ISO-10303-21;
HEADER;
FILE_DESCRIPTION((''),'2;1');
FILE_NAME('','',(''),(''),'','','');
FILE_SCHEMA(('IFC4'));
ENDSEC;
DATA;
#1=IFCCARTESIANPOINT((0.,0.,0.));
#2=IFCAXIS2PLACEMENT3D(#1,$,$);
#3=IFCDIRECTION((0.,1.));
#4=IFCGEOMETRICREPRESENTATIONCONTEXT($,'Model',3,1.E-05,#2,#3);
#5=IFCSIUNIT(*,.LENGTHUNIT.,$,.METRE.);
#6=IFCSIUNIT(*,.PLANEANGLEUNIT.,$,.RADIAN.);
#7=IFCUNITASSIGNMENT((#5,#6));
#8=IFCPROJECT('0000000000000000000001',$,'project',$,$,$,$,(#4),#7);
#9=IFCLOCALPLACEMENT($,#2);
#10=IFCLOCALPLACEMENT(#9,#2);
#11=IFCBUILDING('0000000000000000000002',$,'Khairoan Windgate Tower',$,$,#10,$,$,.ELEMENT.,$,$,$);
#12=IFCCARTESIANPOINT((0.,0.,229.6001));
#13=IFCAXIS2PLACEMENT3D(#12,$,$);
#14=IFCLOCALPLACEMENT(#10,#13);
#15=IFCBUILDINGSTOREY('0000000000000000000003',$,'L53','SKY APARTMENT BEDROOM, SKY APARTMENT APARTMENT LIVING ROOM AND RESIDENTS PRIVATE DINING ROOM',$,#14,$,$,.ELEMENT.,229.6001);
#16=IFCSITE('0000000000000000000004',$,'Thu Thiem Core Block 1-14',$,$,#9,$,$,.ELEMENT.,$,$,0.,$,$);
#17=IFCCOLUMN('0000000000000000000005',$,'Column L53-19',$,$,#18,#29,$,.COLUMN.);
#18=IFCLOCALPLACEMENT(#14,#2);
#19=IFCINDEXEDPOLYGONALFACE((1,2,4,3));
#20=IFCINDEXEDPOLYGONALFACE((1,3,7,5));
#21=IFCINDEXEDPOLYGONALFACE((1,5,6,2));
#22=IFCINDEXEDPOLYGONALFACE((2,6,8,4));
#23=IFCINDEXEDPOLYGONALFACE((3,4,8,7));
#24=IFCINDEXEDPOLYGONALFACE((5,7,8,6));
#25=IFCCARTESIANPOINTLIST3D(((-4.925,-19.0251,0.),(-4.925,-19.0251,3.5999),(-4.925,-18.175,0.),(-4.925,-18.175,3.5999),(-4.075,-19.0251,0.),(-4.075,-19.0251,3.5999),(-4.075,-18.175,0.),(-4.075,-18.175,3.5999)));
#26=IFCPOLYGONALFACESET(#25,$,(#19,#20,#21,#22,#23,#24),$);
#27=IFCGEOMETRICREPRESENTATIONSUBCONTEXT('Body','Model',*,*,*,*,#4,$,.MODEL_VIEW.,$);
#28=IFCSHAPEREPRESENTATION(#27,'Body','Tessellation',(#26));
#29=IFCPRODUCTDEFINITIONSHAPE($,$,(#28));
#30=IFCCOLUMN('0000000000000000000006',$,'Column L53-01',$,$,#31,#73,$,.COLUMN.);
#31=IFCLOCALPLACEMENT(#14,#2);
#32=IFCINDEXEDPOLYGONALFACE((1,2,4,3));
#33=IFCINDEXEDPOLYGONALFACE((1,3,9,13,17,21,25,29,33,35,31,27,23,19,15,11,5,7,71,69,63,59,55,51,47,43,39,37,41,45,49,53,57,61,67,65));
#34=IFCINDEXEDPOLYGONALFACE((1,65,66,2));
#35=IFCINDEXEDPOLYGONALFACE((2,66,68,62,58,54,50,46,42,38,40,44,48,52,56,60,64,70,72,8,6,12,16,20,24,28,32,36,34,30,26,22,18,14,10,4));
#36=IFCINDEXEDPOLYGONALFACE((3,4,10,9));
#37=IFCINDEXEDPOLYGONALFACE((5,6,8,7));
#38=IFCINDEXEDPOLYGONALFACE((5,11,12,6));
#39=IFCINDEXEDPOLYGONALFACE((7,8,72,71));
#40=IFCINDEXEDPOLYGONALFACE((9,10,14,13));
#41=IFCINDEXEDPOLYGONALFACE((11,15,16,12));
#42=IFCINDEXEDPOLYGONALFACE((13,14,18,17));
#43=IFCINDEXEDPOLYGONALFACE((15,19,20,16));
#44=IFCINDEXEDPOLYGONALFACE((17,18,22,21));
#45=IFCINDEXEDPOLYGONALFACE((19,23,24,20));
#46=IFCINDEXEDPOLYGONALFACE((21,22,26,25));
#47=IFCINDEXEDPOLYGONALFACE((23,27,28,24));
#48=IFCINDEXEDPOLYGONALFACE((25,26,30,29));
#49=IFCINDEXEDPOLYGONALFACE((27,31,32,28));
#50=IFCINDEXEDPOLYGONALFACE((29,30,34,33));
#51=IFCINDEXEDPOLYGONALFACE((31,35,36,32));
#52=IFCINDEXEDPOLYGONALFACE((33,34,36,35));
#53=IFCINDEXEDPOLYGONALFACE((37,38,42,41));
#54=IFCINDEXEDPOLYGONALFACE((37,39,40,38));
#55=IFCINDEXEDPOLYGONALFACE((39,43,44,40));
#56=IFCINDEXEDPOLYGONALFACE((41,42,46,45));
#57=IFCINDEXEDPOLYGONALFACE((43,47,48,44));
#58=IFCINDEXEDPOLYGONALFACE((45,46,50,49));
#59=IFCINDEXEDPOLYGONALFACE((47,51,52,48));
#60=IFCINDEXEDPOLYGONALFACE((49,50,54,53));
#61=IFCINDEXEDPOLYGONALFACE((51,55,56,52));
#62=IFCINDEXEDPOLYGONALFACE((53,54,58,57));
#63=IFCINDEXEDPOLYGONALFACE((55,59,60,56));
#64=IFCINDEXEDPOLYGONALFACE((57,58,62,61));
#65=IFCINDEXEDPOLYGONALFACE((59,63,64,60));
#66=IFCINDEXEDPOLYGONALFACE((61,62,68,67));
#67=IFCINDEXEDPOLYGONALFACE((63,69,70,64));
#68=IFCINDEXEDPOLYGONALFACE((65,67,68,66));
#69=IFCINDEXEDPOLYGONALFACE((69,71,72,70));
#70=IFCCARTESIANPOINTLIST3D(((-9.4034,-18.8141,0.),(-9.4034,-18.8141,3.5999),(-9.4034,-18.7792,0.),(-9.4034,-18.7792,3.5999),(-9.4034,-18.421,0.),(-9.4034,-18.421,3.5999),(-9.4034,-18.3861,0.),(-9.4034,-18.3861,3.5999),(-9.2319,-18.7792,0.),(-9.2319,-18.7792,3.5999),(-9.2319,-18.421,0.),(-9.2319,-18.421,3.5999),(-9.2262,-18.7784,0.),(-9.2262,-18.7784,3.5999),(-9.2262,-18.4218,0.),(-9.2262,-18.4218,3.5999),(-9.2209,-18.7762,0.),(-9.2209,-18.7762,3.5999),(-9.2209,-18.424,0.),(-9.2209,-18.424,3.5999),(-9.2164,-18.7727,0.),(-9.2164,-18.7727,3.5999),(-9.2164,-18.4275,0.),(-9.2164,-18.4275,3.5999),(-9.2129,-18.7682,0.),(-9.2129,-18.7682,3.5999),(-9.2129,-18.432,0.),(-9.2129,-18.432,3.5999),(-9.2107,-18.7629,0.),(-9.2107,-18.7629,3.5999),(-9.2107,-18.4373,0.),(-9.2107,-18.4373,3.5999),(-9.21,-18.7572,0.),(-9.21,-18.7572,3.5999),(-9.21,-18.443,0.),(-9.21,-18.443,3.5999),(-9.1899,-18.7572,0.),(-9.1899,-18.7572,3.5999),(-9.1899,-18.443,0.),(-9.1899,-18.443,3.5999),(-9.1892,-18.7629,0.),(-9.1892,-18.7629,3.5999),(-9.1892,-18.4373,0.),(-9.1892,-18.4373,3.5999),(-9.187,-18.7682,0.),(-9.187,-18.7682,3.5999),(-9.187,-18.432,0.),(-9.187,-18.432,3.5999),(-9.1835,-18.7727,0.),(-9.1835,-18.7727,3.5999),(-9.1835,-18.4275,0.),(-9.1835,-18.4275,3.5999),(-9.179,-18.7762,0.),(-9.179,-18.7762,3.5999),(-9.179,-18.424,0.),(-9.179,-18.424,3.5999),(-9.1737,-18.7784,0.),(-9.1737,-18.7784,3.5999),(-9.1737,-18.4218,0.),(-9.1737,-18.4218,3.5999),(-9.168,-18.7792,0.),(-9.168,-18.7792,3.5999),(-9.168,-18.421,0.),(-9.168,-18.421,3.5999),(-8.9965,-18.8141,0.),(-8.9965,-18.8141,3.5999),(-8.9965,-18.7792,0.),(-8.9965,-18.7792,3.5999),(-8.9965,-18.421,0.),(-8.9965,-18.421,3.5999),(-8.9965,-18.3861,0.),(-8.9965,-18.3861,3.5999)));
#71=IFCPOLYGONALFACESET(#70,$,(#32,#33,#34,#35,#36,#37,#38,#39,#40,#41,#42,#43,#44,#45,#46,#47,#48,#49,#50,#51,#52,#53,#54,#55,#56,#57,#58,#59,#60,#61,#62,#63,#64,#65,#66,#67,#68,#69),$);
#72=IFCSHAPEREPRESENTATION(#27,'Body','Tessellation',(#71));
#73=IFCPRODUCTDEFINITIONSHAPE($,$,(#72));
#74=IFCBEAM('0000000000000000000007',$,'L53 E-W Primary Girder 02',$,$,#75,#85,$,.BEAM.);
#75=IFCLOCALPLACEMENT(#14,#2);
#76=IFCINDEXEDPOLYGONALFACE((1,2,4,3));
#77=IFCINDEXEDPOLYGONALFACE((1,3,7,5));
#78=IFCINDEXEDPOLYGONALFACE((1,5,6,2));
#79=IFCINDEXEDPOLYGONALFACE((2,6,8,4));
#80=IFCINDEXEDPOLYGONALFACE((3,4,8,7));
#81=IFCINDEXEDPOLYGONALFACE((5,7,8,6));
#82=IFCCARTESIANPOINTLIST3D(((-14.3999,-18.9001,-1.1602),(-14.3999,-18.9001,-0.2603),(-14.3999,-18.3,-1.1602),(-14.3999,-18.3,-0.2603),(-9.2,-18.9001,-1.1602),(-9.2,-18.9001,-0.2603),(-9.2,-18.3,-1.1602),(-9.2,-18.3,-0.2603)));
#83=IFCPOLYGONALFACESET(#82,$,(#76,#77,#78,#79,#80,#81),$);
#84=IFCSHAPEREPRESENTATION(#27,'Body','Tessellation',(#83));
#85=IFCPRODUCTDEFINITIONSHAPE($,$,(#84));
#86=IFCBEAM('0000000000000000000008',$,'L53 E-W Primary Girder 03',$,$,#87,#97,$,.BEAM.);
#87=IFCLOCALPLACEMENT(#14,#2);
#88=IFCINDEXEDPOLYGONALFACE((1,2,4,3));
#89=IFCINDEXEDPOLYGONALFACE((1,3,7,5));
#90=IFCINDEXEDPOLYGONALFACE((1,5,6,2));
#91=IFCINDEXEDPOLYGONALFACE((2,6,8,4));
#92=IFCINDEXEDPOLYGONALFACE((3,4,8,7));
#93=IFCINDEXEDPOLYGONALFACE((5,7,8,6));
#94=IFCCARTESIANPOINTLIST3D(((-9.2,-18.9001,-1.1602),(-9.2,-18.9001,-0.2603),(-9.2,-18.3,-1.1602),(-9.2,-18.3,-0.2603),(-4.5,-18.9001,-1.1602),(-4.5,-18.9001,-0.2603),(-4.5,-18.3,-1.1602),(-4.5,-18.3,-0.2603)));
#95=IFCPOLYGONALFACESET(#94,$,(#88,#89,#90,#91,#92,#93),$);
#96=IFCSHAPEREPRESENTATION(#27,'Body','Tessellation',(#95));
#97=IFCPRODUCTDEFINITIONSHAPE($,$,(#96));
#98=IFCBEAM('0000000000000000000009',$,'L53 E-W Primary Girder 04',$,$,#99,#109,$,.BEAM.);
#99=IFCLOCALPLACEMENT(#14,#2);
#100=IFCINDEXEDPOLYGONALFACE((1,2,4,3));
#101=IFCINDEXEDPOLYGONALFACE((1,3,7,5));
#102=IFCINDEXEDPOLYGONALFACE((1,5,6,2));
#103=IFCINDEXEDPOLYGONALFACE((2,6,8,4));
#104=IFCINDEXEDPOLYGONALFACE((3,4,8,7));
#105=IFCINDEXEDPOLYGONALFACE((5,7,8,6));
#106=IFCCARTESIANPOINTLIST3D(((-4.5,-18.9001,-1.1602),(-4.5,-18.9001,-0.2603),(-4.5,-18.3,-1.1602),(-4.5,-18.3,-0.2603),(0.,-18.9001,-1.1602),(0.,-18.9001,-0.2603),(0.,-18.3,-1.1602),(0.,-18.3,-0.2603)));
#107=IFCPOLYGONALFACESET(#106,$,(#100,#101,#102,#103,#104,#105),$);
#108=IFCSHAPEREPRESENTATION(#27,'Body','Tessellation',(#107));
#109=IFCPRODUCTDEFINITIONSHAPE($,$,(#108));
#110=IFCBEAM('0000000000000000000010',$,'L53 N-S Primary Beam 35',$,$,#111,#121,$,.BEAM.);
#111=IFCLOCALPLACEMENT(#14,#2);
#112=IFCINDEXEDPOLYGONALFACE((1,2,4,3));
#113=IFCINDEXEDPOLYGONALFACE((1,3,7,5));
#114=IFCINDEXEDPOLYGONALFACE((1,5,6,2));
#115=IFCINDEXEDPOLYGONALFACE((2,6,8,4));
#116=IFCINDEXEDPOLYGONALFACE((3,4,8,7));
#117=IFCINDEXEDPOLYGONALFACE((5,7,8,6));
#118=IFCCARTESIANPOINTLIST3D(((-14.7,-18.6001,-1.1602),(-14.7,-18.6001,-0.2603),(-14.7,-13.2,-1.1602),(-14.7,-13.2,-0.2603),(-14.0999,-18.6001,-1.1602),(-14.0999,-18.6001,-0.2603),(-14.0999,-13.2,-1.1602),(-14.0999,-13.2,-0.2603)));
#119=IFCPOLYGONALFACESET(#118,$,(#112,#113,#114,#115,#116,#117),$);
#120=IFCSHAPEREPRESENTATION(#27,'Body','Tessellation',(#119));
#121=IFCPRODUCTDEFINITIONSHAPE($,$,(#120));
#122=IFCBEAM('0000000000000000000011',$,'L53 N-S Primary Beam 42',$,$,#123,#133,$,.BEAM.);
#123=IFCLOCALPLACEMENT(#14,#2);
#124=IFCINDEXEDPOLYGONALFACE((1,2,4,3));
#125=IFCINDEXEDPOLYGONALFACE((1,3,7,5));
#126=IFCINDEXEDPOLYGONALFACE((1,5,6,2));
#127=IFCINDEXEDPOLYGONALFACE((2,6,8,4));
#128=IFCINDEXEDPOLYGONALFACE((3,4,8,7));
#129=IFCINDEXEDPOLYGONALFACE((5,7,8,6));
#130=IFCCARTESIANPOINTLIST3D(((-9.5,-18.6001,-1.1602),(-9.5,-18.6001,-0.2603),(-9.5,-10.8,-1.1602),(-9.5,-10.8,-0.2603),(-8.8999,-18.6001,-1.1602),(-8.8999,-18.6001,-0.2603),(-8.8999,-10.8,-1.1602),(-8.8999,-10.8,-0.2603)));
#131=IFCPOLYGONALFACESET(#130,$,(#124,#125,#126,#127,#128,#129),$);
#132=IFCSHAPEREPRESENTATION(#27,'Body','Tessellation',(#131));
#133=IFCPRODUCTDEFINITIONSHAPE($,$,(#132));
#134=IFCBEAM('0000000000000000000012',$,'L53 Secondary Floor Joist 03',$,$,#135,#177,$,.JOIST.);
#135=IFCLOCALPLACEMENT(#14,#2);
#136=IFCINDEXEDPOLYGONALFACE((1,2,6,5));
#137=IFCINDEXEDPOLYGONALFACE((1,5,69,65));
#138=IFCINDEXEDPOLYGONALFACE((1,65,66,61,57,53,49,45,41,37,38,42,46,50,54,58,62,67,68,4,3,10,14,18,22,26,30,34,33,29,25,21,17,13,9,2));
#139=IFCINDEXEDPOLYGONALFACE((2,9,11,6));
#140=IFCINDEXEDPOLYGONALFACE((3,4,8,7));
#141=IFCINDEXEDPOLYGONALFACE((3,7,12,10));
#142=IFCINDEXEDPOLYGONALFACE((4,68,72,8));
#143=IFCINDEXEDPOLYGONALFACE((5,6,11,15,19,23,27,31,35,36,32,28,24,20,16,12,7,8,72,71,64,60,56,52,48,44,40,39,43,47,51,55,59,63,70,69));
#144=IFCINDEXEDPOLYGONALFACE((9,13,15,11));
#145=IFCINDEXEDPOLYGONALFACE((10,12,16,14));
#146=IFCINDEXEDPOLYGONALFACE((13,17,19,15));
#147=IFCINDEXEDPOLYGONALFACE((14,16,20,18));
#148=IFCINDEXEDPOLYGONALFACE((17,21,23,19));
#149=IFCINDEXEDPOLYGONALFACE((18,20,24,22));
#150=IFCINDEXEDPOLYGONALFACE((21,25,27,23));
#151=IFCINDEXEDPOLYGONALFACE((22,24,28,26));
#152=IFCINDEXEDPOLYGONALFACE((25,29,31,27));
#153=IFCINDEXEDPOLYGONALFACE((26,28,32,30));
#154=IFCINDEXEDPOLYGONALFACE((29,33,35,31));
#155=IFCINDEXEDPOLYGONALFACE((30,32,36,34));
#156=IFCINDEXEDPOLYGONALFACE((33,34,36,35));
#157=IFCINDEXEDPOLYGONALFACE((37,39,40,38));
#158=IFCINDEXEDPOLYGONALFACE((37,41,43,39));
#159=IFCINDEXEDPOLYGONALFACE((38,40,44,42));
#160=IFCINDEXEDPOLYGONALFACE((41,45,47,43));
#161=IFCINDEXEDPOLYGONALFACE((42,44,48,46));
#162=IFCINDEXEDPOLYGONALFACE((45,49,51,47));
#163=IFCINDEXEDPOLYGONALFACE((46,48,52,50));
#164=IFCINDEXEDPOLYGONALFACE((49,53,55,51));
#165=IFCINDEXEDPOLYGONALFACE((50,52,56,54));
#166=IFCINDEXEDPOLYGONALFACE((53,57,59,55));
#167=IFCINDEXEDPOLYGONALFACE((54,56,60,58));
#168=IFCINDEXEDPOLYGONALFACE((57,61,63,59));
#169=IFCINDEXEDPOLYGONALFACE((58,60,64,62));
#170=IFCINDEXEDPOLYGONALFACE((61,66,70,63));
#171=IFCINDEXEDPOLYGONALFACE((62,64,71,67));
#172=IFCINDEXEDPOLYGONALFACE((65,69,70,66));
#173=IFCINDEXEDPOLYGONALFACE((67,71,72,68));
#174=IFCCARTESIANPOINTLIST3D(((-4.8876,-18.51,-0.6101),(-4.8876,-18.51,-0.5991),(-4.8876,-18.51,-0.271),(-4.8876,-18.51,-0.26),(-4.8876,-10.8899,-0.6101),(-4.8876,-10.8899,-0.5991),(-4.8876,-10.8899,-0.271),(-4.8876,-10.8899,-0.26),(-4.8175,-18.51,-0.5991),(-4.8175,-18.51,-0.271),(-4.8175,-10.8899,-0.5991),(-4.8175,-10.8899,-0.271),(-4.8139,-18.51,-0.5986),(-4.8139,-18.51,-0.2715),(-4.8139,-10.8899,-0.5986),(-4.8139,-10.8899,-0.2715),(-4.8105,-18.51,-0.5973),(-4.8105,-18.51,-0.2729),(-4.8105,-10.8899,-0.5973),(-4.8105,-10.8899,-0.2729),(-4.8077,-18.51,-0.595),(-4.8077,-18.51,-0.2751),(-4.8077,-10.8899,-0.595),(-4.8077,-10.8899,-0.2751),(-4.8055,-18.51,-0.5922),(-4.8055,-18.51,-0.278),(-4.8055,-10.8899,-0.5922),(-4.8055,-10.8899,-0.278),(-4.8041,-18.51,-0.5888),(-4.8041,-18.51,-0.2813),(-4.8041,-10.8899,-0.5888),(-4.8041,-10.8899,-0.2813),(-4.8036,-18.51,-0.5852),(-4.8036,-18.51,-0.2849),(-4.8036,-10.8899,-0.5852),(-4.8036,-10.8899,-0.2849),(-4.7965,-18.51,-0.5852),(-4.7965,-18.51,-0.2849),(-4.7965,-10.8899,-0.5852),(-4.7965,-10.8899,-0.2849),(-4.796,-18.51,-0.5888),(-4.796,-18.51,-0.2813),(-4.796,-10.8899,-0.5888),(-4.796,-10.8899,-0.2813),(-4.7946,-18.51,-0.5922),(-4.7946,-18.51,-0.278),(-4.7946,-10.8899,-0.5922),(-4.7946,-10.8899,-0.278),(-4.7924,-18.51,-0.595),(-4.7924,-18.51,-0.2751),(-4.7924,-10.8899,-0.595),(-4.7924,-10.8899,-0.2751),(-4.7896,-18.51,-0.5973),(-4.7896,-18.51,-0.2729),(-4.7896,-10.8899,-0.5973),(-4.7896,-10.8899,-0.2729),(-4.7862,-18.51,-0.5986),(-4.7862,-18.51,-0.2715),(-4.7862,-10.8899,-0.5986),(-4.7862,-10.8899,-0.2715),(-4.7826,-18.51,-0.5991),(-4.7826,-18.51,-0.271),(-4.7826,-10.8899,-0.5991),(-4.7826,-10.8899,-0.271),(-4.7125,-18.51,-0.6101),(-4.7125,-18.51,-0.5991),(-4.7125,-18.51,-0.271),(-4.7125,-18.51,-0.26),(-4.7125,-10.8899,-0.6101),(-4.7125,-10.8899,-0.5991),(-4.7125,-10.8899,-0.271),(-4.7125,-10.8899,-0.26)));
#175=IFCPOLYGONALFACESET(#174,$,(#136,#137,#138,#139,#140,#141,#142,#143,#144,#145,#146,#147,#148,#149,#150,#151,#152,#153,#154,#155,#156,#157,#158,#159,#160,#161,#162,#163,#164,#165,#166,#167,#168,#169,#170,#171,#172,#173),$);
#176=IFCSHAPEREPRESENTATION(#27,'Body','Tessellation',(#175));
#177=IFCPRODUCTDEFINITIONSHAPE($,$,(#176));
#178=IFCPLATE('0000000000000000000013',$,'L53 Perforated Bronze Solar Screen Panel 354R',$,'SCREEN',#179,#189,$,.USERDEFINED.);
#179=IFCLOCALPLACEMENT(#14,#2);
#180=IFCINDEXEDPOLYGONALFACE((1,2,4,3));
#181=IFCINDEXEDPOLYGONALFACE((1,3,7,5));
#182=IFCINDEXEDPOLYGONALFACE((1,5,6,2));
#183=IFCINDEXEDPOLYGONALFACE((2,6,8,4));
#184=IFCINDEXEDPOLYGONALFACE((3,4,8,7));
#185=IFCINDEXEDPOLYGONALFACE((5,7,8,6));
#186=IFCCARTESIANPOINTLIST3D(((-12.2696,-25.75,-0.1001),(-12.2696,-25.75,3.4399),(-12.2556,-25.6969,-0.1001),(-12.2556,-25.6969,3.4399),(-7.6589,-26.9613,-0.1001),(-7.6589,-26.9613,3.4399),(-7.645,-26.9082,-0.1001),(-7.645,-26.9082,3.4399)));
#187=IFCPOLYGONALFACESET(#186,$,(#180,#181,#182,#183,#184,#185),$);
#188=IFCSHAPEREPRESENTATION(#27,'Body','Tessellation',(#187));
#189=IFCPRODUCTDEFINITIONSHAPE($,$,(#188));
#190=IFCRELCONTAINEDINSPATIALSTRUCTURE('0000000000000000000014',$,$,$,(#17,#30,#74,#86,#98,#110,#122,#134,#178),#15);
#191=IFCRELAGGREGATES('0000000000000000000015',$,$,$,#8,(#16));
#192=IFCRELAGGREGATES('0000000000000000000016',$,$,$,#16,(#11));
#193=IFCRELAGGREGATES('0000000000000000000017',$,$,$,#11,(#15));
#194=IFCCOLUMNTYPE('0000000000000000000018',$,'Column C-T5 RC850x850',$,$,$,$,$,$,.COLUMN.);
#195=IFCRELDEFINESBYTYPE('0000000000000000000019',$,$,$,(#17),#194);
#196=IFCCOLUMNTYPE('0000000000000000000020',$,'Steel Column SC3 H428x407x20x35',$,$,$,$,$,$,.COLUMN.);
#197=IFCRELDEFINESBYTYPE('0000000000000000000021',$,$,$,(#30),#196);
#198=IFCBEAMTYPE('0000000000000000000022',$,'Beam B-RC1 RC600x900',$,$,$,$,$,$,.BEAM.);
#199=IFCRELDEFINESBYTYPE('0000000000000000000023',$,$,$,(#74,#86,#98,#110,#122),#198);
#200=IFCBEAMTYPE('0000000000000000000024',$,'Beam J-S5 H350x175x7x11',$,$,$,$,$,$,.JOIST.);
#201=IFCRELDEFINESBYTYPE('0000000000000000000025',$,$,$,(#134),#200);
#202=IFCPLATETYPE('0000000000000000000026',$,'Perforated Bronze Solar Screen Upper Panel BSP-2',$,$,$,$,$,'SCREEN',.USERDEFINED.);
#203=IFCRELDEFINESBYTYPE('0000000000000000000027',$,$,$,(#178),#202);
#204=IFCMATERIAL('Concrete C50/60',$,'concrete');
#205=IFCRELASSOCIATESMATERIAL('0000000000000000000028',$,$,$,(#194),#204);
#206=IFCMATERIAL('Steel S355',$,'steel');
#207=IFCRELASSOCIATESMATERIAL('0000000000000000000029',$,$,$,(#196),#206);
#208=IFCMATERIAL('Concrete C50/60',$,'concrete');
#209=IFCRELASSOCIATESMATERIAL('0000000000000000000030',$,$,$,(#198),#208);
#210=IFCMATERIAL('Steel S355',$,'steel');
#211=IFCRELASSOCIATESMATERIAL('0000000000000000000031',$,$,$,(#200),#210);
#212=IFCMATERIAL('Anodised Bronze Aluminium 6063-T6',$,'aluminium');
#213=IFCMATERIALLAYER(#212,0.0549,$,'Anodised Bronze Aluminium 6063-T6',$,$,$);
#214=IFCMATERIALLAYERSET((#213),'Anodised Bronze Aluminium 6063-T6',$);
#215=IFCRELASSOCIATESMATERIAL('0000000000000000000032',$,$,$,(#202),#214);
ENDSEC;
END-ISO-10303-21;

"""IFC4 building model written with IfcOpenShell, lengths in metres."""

from ifc_helpers import new_model, si_unit, direction, frame, origin, origin_2d, place, context, subcontext, project, spatial, rectangle, i_section, extrude, material, layer, layer_set, material_profile, profile_set, type_object, element, save


model = new_model("IFC4")

# Units and contexts
model_context = context("Model", 3, precision=1e-05, world=origin(), true_north=direction((0.0, 1.0)))
body_context = subcontext(model_context, "Body", "Model", "MODEL_VIEW")
ifc_project = project(units=[si_unit("LENGTHUNIT", "METRE"), si_unit("PLANEANGLEUNIT", "RADIAN")], contexts=[model_context])

# Site, building, storey
site_placement = place(None, origin())
site = spatial("IfcSite", under=ifc_project, at=site_placement, Name="Thu Thiem Core Block 1-14", CompositionType="ELEMENT", RefElevation=0.0)
building_placement = place(site_placement, origin())
building = spatial("IfcBuilding", under=site, at=building_placement, Name="Khairoan Windgate Tower", CompositionType="ELEMENT")
storey_placement = place(building_placement, frame((0.0, 0.0, 229.6001)))
storey = spatial("IfcBuildingStorey", under=building, at=storey_placement, Name="L53", Description="SKY APARTMENT BEDROOM, SKY APARTMENT APARTMENT LIVING ROOM AND RESIDENTS PRIVATE DINING ROOM", CompositionType="ELEMENT", Elevation=229.6001)

# Columns
ifc_material_1 = material(Name="Concrete C50/60", Category="concrete")
ifc_material_profile_1 = material_profile(ifc_material_1, rectangle(XDim=0.8501, YDim=0.8501, at=origin_2d()))
ifc_profile_set_1 = profile_set([ifc_material_profile_1], Name="Concrete C50/60")
column_type_1 = type_object("IfcColumnType", Name="Column C-T5 RC850x850", PredefinedType="COLUMN", material=ifc_profile_set_1)
column_1_placement = place(storey_placement, frame((-4.5, -18.6001, 0.0), z_axis=(0.0, 0.0, 1.0), x_axis=(1.0, 0.0, 0.0)))
element("IfcColumn", 1, at=column_1_placement, inside=storey, type_object=column_type_1, Name="Column L53-19", PredefinedType="COLUMN", context=body_context, shape_type="SweptSolid", body=[
    extrude(rectangle(XDim=0.8501, YDim=0.8501, at=origin_2d()), origin(), (0.0, 0.0, 1.0), 3.5999),
])
ifc_material_2 = material(Name="Steel S355", Category="steel")
ifc_material_profile_2 = material_profile(ifc_material_2, i_section(OverallWidth=0.407, OverallDepth=0.428, WebThickness=0.02, FlangeThickness=0.0349, FilletRadius=0.022, at=origin_2d()))
ifc_profile_set_2 = profile_set([ifc_material_profile_2], Name="Steel S355")
column_type_2 = type_object("IfcColumnType", Name="Steel Column SC3 H428x407x20x35", PredefinedType="COLUMN", material=ifc_profile_set_2)
column_2_placement = place(storey_placement, frame((-9.2, -18.6001, 0.0), z_axis=(0.0, 0.0, 1.0), x_axis=(1.0, 0.0, 0.0)))
element("IfcColumn", 2, at=column_2_placement, inside=storey, type_object=column_type_2, Name="Column L53-01", PredefinedType="COLUMN", context=body_context, shape_type="SweptSolid", body=[
    extrude(i_section(OverallWidth=0.407, OverallDepth=0.428, WebThickness=0.02, FlangeThickness=0.0349, FilletRadius=0.022, at=origin_2d()), origin(), (0.0, 0.0, 1.0), 3.5999),
])

# Beams
ifc_material_3 = material(Name="Concrete C50/60", Category="concrete")
ifc_material_profile_3 = material_profile(ifc_material_3, rectangle(XDim=0.6001, YDim=0.8999, at=origin_2d()))
ifc_profile_set_3 = profile_set([ifc_material_profile_3], Name="Concrete C50/60")
beam_type_1 = type_object("IfcBeamType", Name="Beam B-RC1 RC600x900", PredefinedType="BEAM", material=ifc_profile_set_3)
beam_1_placement = place(storey_placement, frame((-14.3999, -18.6001, -0.7102), z_axis=(1.0, 0.0, 0.0), x_axis=(0.0, 1.0, 0.0)))
element("IfcBeam", 3, at=beam_1_placement, inside=storey, type_object=beam_type_1, Name="L53 E-W Primary Girder 02", PredefinedType="BEAM", context=body_context, shape_type="SweptSolid", body=[
    extrude(rectangle(XDim=0.6001, YDim=0.8999, at=origin_2d()), origin(), (0.0, 0.0, 1.0), 5.2),
])
beam_2_placement = place(storey_placement, frame((-9.2, -18.6001, -0.7102), z_axis=(1.0, 0.0, 0.0), x_axis=(0.0, 1.0, 0.0)))
element("IfcBeam", 4, at=beam_2_placement, inside=storey, type_object=beam_type_1, Name="L53 E-W Primary Girder 03", PredefinedType="BEAM", context=body_context, shape_type="SweptSolid", body=[
    extrude(rectangle(XDim=0.6001, YDim=0.8999, at=origin_2d()), origin(), (0.0, 0.0, 1.0), 4.7),
])
beam_3_placement = place(storey_placement, frame((-4.5, -18.6001, -0.7102), z_axis=(1.0, 0.0, 0.0), x_axis=(0.0, 1.0, 0.0)))
element("IfcBeam", 5, at=beam_3_placement, inside=storey, type_object=beam_type_1, Name="L53 E-W Primary Girder 04", PredefinedType="BEAM", context=body_context, shape_type="SweptSolid", body=[
    extrude(rectangle(XDim=0.6001, YDim=0.8999, at=origin_2d()), origin(), (0.0, 0.0, 1.0), 4.5),
])
beam_4_placement = place(storey_placement, frame((-14.3999, -18.6001, -0.7102), z_axis=(0.0, 1.0, 0.0), x_axis=(-1.0, 0.0, 0.0)))
element("IfcBeam", 6, at=beam_4_placement, inside=storey, type_object=beam_type_1, Name="L53 N-S Primary Beam 35", PredefinedType="BEAM", context=body_context, shape_type="SweptSolid", body=[
    extrude(rectangle(XDim=0.6001, YDim=0.8999, at=origin_2d()), origin(), (0.0, 0.0, 1.0), 5.4001),
])
beam_5_placement = place(storey_placement, frame((-9.2, -18.6001, -0.7102), z_axis=(0.0, 1.0, 0.0), x_axis=(-1.0, 0.0, 0.0)))
element("IfcBeam", 7, at=beam_5_placement, inside=storey, type_object=beam_type_1, Name="L53 N-S Primary Beam 42", PredefinedType="BEAM", context=body_context, shape_type="SweptSolid", body=[
    extrude(rectangle(XDim=0.6001, YDim=0.8999, at=origin_2d()), origin(), (0.0, 0.0, 1.0), 7.8),
])
ifc_material_4 = material(Name="Steel S355", Category="steel")
ifc_material_profile_4 = material_profile(ifc_material_4, i_section(OverallWidth=0.175, OverallDepth=0.3501, WebThickness=0.0071, FlangeThickness=0.011, FilletRadius=0.0139, at=origin_2d()))
ifc_profile_set_4 = profile_set([ifc_material_profile_4], Name="Steel S355")
beam_type_2 = type_object("IfcBeamType", Name="Beam J-S5 H350x175x7x11", PredefinedType="JOIST", material=ifc_profile_set_4)
beam_6_placement = place(storey_placement, frame((-4.8, -18.51, -0.4351), z_axis=(0.0, 1.0, 0.0), x_axis=(-1.0, 0.0, 0.0)))
element("IfcBeam", 8, at=beam_6_placement, inside=storey, type_object=beam_type_2, Name="L53 Secondary Floor Joist 03", PredefinedType="JOIST", context=body_context, shape_type="SweptSolid", body=[
    extrude(i_section(OverallWidth=0.175, OverallDepth=0.3501, WebThickness=0.0071, FlangeThickness=0.011, FilletRadius=0.0139, at=origin_2d()), origin(), (0.0, 0.0, 1.0), 7.6201),
])

# Plate
ifc_material_5 = material(Name="Anodised Bronze Aluminium 6063-T6", Category="aluminium")
ifc_layer_1 = layer(ifc_material_5, 0.0549, Name="Anodised Bronze Aluminium 6063-T6")
ifc_layer_set_1 = layer_set([ifc_layer_1], Name="Anodised Bronze Aluminium 6063-T6")
plate_type = type_object("IfcPlateType", Name="Perforated Bronze Solar Screen Upper Panel BSP-2", ElementType="SCREEN", PredefinedType="USERDEFINED", material=ifc_layer_set_1)
plate_placement = place(storey_placement, frame((-9.9573, -26.3291, -0.1001), z_axis=(0.0, 0.0, 1.0), x_axis=(-0.967179, 0.254096, 0.0)))
element("IfcPlate", 9, at=plate_placement, inside=storey, type_object=plate_type, Name="L53 Perforated Bronze Solar Screen Panel 354R", ObjectType="SCREEN", PredefinedType="USERDEFINED", context=body_context, shape_type="SweptSolid", body=[
    extrude(rectangle(XDim=4.7671, YDim=0.0549, at=origin_2d()), origin(), (0.0, 0.0, 1.0), 3.54),
])

save(model, "model.ifc")
